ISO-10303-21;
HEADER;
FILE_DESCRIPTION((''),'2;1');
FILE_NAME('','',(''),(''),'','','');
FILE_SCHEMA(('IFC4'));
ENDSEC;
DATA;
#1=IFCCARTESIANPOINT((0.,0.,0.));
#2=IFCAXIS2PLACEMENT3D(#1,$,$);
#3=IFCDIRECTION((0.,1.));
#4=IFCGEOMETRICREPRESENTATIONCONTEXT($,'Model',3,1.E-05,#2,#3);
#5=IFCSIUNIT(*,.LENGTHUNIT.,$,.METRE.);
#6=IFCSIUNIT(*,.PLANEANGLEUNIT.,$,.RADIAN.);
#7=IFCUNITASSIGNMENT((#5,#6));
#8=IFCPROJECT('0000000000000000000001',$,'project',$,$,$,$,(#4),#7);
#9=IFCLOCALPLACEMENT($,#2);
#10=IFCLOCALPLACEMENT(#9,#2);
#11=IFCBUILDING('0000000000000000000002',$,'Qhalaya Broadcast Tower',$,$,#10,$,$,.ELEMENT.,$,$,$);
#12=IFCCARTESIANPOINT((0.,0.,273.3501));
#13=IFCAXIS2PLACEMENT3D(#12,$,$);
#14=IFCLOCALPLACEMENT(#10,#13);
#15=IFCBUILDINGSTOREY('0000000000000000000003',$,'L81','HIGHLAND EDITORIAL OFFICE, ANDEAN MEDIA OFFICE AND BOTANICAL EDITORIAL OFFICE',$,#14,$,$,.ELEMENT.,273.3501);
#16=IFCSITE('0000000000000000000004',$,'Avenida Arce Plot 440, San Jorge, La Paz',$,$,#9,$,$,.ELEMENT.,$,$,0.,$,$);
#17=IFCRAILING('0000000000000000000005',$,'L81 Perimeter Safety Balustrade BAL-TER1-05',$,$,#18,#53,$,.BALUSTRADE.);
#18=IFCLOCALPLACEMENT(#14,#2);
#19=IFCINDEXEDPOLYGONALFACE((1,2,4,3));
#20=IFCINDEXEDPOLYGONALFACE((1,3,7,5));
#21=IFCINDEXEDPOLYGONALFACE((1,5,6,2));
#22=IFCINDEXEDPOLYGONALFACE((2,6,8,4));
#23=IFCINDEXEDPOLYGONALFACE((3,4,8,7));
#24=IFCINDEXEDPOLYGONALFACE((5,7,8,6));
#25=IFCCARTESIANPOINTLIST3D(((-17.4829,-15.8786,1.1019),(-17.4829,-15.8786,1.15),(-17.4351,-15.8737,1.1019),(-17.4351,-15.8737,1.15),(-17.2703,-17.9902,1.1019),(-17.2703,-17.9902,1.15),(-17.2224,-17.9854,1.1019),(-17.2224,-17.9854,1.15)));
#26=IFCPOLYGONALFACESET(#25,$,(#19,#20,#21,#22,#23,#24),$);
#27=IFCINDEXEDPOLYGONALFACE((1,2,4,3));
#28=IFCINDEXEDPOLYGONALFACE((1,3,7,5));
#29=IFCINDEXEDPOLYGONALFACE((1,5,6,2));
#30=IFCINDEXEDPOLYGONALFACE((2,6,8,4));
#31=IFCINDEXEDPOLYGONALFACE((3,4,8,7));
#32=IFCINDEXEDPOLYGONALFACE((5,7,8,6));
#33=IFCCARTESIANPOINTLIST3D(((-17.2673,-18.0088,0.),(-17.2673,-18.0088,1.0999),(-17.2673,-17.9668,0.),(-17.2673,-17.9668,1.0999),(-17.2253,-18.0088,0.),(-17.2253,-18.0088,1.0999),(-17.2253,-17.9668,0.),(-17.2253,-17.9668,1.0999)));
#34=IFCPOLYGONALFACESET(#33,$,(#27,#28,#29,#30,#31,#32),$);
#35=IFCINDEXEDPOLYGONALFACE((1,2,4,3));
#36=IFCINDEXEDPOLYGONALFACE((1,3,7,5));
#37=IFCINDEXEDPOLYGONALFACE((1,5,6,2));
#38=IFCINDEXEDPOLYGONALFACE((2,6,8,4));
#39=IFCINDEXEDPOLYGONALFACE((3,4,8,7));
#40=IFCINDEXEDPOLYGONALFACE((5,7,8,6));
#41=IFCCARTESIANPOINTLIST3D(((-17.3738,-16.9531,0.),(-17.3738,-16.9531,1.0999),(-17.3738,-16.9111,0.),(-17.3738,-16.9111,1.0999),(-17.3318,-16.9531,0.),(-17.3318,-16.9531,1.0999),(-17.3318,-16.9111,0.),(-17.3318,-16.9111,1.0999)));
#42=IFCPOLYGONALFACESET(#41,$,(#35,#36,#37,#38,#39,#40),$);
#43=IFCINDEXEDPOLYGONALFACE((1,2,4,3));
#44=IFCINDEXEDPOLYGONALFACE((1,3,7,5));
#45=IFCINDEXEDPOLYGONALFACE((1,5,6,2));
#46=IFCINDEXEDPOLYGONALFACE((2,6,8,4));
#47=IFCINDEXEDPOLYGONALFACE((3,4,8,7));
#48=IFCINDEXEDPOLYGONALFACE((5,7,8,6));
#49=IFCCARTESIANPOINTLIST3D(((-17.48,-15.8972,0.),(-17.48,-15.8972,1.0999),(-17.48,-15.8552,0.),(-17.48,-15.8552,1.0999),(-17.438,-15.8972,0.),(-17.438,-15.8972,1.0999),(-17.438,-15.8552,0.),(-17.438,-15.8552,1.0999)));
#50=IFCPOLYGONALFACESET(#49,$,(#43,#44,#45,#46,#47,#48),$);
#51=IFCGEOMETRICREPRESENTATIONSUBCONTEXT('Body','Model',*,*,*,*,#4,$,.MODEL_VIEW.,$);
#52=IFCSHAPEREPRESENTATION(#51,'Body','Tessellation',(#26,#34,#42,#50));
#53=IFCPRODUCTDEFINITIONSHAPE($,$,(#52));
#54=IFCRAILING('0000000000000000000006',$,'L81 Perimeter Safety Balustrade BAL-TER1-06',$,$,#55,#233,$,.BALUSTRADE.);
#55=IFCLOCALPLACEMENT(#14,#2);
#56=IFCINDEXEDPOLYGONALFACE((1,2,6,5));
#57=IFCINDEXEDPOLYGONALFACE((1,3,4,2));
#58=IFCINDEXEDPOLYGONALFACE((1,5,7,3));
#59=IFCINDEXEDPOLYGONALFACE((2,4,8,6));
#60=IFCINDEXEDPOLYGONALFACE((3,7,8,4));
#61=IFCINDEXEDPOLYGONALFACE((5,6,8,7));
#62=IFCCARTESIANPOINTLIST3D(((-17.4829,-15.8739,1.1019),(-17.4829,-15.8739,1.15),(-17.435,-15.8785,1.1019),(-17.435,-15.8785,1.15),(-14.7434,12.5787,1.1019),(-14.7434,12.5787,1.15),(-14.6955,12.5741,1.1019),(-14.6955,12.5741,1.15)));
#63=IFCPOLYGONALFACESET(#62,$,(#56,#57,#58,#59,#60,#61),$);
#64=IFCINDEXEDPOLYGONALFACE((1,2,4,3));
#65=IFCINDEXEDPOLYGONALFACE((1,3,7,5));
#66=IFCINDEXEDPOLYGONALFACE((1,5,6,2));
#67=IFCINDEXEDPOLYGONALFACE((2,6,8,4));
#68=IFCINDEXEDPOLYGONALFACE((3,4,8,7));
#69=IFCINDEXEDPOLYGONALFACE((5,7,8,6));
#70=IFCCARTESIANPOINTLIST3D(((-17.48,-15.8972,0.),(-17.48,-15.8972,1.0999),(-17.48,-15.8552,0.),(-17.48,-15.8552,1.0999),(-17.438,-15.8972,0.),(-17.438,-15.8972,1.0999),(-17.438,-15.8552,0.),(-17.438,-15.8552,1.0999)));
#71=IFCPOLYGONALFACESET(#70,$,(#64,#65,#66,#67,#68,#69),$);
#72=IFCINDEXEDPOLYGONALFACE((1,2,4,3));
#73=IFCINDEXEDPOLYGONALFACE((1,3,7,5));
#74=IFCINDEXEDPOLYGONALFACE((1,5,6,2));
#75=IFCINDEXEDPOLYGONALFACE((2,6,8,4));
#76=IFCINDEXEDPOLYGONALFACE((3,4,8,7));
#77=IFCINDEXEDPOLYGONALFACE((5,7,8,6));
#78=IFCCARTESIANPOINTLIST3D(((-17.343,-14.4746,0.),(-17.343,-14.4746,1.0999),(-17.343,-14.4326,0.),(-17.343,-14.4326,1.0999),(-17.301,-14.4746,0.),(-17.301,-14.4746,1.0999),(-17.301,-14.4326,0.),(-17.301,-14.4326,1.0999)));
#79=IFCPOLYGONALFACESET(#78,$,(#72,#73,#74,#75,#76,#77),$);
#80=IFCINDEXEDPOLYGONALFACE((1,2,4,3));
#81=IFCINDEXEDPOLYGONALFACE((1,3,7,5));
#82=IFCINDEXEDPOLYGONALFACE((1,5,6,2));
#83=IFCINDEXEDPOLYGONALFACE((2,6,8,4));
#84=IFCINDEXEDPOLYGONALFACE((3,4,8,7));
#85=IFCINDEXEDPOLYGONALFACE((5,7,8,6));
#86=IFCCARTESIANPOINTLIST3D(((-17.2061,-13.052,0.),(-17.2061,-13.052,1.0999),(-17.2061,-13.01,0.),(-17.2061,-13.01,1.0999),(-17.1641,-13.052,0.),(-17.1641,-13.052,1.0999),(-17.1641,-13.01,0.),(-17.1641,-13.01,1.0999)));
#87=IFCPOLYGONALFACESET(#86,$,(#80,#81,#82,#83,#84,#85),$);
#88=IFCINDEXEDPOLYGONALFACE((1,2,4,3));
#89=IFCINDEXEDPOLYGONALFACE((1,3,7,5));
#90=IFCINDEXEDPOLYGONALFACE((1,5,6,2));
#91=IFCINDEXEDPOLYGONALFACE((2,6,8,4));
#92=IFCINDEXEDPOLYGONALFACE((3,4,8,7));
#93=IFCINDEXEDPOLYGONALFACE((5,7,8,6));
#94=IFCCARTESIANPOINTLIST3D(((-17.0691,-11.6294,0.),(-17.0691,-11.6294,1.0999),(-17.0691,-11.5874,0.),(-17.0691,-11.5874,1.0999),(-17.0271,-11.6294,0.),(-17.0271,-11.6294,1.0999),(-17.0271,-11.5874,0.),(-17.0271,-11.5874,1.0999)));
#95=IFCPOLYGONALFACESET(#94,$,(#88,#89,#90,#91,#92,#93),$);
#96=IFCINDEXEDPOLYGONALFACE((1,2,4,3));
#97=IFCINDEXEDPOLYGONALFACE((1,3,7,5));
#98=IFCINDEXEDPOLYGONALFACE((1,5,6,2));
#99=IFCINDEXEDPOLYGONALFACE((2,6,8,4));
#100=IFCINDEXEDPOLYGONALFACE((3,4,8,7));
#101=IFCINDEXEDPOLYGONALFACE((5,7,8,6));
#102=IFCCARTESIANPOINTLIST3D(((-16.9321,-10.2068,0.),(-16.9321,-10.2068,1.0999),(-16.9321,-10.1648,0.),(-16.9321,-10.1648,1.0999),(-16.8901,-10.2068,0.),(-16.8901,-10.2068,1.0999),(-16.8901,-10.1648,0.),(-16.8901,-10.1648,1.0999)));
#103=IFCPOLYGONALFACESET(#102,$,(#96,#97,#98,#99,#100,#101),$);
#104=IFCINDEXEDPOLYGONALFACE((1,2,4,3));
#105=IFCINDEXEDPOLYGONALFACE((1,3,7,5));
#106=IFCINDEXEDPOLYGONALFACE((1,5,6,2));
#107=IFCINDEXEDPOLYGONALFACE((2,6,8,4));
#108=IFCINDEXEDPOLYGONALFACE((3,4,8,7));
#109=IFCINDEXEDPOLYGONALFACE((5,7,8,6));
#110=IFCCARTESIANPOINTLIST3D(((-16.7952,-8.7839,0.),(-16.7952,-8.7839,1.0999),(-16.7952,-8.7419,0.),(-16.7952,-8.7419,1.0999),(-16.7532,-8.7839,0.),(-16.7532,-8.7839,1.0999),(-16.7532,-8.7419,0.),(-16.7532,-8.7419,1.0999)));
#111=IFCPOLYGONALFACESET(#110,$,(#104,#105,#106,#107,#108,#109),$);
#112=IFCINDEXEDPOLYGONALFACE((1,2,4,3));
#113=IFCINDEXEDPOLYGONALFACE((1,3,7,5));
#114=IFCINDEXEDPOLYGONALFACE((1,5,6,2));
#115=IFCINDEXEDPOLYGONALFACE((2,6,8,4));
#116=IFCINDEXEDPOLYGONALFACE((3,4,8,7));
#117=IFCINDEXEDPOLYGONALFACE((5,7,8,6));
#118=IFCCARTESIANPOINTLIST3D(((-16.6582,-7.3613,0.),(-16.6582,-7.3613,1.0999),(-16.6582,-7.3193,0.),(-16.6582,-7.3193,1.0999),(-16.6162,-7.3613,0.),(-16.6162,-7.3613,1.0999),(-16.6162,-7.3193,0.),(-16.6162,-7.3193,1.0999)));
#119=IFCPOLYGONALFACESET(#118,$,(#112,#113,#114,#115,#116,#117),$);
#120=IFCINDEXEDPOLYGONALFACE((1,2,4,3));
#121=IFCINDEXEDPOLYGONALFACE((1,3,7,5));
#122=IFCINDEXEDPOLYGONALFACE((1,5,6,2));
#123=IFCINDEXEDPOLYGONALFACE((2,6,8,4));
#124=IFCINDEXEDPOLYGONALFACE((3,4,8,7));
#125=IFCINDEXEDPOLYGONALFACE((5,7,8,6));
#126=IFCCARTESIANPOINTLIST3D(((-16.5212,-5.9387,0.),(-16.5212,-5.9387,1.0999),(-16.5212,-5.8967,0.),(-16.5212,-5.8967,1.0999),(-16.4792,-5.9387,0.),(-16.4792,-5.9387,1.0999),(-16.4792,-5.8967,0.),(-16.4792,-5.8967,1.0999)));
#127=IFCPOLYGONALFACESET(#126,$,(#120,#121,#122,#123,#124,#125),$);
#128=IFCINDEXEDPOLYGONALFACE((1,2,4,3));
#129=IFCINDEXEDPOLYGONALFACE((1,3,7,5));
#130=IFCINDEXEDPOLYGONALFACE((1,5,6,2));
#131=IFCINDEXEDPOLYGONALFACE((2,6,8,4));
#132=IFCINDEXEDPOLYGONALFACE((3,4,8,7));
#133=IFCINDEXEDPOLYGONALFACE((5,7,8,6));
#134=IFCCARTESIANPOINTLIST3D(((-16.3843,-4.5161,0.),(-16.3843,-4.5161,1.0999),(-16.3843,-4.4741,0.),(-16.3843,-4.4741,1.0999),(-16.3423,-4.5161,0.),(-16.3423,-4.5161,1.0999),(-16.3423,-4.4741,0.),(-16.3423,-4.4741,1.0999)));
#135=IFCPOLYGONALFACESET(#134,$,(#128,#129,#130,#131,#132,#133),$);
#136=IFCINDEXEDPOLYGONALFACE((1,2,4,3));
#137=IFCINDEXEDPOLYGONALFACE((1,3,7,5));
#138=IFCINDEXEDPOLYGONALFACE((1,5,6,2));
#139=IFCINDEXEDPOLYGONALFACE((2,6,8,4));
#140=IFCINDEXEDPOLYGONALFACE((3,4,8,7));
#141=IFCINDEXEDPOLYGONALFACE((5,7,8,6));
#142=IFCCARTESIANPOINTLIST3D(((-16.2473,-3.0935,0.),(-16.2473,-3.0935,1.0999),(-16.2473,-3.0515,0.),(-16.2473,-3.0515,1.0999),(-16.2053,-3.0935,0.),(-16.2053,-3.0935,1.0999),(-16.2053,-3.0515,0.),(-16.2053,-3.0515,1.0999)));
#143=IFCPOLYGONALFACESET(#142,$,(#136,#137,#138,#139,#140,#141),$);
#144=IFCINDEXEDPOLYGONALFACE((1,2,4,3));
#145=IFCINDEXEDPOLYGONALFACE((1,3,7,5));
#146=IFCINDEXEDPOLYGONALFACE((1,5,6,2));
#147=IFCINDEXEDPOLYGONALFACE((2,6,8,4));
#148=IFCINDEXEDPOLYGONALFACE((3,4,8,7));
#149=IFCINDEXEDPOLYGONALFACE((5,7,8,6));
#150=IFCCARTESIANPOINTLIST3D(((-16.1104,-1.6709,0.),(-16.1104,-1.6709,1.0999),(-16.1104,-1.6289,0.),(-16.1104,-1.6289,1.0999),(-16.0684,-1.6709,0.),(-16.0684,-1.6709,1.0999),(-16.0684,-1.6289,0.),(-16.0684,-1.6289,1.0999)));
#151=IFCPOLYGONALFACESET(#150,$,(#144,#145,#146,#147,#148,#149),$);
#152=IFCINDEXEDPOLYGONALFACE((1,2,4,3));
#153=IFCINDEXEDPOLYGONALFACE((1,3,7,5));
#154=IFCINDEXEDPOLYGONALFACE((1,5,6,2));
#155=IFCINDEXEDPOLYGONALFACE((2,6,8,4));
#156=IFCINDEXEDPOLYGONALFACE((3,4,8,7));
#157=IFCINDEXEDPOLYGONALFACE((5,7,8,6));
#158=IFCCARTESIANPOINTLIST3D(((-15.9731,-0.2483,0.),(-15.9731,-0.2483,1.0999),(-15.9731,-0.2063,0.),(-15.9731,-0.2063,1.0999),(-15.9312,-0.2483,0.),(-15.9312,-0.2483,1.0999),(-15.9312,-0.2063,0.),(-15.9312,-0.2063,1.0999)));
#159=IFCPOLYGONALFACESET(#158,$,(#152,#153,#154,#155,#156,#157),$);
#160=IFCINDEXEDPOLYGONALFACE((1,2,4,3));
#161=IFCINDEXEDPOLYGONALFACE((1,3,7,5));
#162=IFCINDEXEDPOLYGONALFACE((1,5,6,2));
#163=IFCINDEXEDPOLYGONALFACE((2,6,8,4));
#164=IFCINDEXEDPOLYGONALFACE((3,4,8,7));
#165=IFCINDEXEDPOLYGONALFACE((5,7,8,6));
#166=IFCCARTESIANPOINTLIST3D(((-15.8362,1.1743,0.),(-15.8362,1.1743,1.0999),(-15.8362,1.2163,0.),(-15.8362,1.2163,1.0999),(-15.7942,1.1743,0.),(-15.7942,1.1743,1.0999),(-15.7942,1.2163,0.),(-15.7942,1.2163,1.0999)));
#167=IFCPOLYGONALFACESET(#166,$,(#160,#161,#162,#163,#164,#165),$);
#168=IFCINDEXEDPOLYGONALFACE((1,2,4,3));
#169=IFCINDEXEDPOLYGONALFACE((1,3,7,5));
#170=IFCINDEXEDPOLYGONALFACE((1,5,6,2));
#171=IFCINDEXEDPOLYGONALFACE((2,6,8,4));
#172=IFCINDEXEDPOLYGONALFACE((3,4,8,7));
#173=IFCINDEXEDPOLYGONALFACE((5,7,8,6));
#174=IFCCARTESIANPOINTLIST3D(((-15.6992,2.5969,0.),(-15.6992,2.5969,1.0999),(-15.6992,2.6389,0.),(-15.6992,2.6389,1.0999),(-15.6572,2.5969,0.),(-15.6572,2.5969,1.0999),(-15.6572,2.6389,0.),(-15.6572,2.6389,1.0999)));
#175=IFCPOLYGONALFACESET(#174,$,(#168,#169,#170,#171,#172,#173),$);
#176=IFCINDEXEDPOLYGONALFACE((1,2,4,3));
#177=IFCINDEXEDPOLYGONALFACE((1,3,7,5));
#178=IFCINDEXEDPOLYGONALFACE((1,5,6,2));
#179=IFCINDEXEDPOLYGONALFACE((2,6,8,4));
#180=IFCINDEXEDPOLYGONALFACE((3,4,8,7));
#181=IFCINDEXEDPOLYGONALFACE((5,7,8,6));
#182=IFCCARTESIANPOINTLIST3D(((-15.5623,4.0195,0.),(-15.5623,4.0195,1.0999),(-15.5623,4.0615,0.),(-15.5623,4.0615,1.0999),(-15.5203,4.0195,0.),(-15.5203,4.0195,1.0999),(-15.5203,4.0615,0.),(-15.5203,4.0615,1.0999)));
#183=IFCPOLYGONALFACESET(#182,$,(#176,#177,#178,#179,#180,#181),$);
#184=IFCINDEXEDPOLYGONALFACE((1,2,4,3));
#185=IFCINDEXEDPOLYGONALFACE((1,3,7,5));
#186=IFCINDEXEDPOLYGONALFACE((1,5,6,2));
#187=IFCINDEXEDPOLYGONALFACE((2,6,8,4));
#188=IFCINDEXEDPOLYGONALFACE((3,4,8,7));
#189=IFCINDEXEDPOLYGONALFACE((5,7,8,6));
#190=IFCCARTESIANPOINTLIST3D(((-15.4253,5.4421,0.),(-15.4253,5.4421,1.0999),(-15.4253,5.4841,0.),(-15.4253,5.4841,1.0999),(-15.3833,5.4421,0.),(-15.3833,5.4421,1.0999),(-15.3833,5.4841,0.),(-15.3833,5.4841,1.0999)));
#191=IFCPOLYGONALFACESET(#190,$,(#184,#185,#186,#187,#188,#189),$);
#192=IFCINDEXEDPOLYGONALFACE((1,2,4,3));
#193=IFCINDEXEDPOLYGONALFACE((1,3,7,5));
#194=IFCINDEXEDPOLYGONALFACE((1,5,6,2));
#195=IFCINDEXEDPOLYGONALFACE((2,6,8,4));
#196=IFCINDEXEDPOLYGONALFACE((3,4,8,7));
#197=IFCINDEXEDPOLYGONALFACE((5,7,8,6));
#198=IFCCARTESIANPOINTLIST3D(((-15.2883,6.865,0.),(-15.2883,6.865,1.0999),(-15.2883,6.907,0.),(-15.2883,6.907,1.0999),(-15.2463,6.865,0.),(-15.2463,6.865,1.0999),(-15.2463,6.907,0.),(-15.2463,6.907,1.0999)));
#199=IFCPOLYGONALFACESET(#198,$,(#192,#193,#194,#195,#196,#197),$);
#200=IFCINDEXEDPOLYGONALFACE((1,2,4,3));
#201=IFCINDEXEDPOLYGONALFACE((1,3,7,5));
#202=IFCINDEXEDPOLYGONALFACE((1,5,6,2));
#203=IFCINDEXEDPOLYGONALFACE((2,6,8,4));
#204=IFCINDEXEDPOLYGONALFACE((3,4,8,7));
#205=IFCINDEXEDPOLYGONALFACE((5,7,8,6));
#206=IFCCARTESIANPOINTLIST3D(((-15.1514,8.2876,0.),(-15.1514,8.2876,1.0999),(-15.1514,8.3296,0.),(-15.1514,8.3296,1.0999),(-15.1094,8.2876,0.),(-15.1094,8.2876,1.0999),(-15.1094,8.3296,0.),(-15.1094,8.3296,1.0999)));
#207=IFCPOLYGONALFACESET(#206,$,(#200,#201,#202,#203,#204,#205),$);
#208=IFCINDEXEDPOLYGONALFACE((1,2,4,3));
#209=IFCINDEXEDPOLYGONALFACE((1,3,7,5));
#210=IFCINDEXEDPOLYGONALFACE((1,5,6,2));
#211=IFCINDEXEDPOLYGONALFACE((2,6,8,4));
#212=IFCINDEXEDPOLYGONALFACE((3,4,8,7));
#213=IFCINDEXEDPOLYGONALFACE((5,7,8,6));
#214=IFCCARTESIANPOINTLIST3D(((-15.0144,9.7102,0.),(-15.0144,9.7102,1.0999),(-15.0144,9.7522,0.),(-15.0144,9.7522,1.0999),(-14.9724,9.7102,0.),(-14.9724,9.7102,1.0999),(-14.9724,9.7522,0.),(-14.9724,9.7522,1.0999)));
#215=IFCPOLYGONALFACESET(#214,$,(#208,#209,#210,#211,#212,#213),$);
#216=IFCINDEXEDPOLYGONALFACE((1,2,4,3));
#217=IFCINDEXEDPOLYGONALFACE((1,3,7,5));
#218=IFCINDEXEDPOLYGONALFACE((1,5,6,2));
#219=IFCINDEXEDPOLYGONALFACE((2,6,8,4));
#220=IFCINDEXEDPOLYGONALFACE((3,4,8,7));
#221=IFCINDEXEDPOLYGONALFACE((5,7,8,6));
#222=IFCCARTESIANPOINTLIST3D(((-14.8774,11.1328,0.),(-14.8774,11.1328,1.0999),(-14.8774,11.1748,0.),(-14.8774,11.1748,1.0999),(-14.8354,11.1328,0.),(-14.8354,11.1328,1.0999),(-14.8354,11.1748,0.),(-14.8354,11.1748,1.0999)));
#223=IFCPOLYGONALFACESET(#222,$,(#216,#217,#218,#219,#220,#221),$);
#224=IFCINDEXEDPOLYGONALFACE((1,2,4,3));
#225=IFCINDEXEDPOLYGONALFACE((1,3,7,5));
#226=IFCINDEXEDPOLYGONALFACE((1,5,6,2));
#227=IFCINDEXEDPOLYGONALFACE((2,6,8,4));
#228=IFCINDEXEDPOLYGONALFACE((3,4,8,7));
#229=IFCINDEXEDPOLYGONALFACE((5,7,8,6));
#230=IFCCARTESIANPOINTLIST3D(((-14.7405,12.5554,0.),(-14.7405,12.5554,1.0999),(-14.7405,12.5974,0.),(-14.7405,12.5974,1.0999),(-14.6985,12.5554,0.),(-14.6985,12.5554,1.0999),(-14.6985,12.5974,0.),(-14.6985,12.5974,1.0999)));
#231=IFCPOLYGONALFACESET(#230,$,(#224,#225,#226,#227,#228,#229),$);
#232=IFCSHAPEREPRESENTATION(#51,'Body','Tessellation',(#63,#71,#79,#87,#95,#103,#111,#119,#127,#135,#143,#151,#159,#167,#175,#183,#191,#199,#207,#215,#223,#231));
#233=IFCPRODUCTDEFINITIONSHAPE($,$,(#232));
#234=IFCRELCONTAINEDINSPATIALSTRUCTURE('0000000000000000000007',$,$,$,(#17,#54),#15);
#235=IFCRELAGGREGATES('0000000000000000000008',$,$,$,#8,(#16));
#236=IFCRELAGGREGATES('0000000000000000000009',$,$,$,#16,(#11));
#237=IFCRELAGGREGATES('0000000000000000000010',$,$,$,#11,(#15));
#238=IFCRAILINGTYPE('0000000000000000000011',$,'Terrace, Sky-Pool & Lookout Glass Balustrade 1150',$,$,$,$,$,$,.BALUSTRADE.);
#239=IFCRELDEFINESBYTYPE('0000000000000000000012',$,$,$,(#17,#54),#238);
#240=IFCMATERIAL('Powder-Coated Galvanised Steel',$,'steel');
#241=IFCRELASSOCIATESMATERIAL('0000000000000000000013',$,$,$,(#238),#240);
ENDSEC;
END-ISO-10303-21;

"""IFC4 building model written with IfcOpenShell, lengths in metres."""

from ifc_helpers import new_model, si_unit, direction, frame, origin, origin_2d, place, context, subcontext, project, spatial, rectangle, extrude, material, type_object, element, save


model = new_model("IFC4")

# Units and contexts
model_context = context("Model", 3, precision=1e-05, world=origin(), true_north=direction((0.0, 1.0)))
body_context = subcontext(model_context, "Body", "Model", "MODEL_VIEW")
ifc_project = project(units=[si_unit("LENGTHUNIT", "METRE"), si_unit("PLANEANGLEUNIT", "RADIAN")], contexts=[model_context])

# Site, building, storey
site_placement = place(None, origin())
site = spatial("IfcSite", under=ifc_project, at=site_placement, Name="Avenida Arce Plot 440, San Jorge, La Paz", CompositionType="ELEMENT", RefElevation=0.0)
building_placement = place(site_placement, origin())
building = spatial("IfcBuilding", under=site, at=building_placement, Name="Qhalaya Broadcast Tower", CompositionType="ELEMENT")
storey_placement = place(building_placement, frame((0.0, 0.0, 273.3501)))
storey = spatial("IfcBuildingStorey", under=building, at=storey_placement, Name="L81", Description="HIGHLAND EDITORIAL OFFICE, ANDEAN MEDIA OFFICE AND BOTANICAL EDITORIAL OFFICE", CompositionType="ELEMENT", Elevation=273.3501)

# Railings
ifc_material_1 = material(Name="Powder-Coated Galvanised Steel", Category="steel")
railing_type = type_object("IfcRailingType", Name="Terrace, Sky-Pool & Lookout Glass Balustrade 1150", PredefinedType="BALUSTRADE", material=ifc_material_1)
railing_1_placement = place(storey_placement, frame((-17.2463, -17.9878, 0.0)))
element("IfcRailing", 1, at=railing_1_placement, inside=storey, type_object=railing_type, Name="L81 Perimeter Safety Balustrade BAL-TER1-05", PredefinedType="BALUSTRADE", context=body_context, shape_type="SweptSolid", body=[
    extrude(rectangle(XDim=0.0481, YDim=0.0481, at=origin_2d()), frame((0.0, 0.0, 1.126), z_axis=(-0.100198, 0.994967, 0.0), x_axis=(-0.994967, -0.100198, 0.0)), (0.0, 0.0, 1.0), 2.1223),
    extrude(rectangle(XDim=0.042, YDim=0.042, at=origin_2d()), origin(), (0.0, 0.0, 1.0), 1.0999),
    extrude(rectangle(XDim=0.042, YDim=0.042, at=origin_2d()), frame((-0.1064, 1.0557, 0.0)), (0.0, 0.0, 1.0), 1.0999),
    extrude(rectangle(XDim=0.042, YDim=0.042, at=origin_2d()), frame((-0.2126, 2.1116, 0.0)), (0.0, 0.0, 1.0), 1.0999),
])
railing_2_placement = place(storey_placement, frame((-17.459, -15.8762, 0.0)))
element("IfcRailing", 2, at=railing_2_placement, inside=storey, type_object=railing_type, Name="L81 Perimeter Safety Balustrade BAL-TER1-06", PredefinedType="BALUSTRADE", context=body_context, shape_type="SweptSolid", body=[
    extrude(rectangle(XDim=0.0481, YDim=0.0481, at=origin_2d()), frame((0.0, 0.0, 1.126), z_axis=(0.09584, 0.995397, 0.0), x_axis=(-0.995397, 0.09584, 0.0)), (0.0, 0.0, 1.0), 28.5842),
    extrude(rectangle(XDim=0.042, YDim=0.042, at=origin_2d()), origin(), (0.0, 0.0, 1.0), 1.0999),
    extrude(rectangle(XDim=0.042, YDim=0.042, at=origin_2d()), frame((0.137, 1.4226, 0.0)), (0.0, 0.0, 1.0), 1.0999),
    extrude(rectangle(XDim=0.042, YDim=0.042, at=origin_2d()), frame((0.2739, 2.8452, 0.0)), (0.0, 0.0, 1.0), 1.0999),
    extrude(rectangle(XDim=0.042, YDim=0.042, at=origin_2d()), frame((0.4109, 4.2678, 0.0)), (0.0, 0.0, 1.0), 1.0999),
    extrude(rectangle(XDim=0.042, YDim=0.042, at=origin_2d()), frame((0.5479, 5.6904, 0.0)), (0.0, 0.0, 1.0), 1.0999),
    extrude(rectangle(XDim=0.042, YDim=0.042, at=origin_2d()), frame((0.6848, 7.1133, 0.0)), (0.0, 0.0, 1.0), 1.0999),
    extrude(rectangle(XDim=0.042, YDim=0.042, at=origin_2d()), frame((0.8218, 8.5359, 0.0)), (0.0, 0.0, 1.0), 1.0999),
    extrude(rectangle(XDim=0.042, YDim=0.042, at=origin_2d()), frame((0.9587, 9.9585, 0.0)), (0.0, 0.0, 1.0), 1.0999),
    extrude(rectangle(XDim=0.042, YDim=0.042, at=origin_2d()), frame((1.0957, 11.3811, 0.0)), (0.0, 0.0, 1.0), 1.0999),
    extrude(rectangle(XDim=0.042, YDim=0.042, at=origin_2d()), frame((1.2327, 12.8037, 0.0)), (0.0, 0.0, 1.0), 1.0999),
    extrude(rectangle(XDim=0.042, YDim=0.042, at=origin_2d()), frame((1.3696, 14.2263, 0.0)), (0.0, 0.0, 1.0), 1.0999),
    extrude(rectangle(XDim=0.042, YDim=0.042, at=origin_2d()), frame((1.5068, 15.6489, 0.0)), (0.0, 0.0, 1.0), 1.0999),
    extrude(rectangle(XDim=0.042, YDim=0.042, at=origin_2d()), frame((1.6438, 17.0715, 0.0)), (0.0, 0.0, 1.0), 1.0999),
    extrude(rectangle(XDim=0.042, YDim=0.042, at=origin_2d()), frame((1.7808, 18.4941, 0.0)), (0.0, 0.0, 1.0), 1.0999),
    extrude(rectangle(XDim=0.042, YDim=0.042, at=origin_2d()), frame((1.9177, 19.9167, 0.0)), (0.0, 0.0, 1.0), 1.0999),
    extrude(rectangle(XDim=0.042, YDim=0.042, at=origin_2d()), frame((2.0547, 21.3394, 0.0)), (0.0, 0.0, 1.0), 1.0999),
    extrude(rectangle(XDim=0.042, YDim=0.042, at=origin_2d()), frame((2.1917, 22.7622, 0.0)), (0.0, 0.0, 1.0), 1.0999),
    extrude(rectangle(XDim=0.042, YDim=0.042, at=origin_2d()), frame((2.3286, 24.1848, 0.0)), (0.0, 0.0, 1.0), 1.0999),
    extrude(rectangle(XDim=0.042, YDim=0.042, at=origin_2d()), frame((2.4656, 25.6074, 0.0)), (0.0, 0.0, 1.0), 1.0999),
    extrude(rectangle(XDim=0.042, YDim=0.042, at=origin_2d()), frame((2.6025, 27.03, 0.0)), (0.0, 0.0, 1.0), 1.0999),
    extrude(rectangle(XDim=0.042, YDim=0.042, at=origin_2d()), frame((2.7395, 28.4526, 0.0)), (0.0, 0.0, 1.0), 1.0999),
])

save(model, "model.ifc")
